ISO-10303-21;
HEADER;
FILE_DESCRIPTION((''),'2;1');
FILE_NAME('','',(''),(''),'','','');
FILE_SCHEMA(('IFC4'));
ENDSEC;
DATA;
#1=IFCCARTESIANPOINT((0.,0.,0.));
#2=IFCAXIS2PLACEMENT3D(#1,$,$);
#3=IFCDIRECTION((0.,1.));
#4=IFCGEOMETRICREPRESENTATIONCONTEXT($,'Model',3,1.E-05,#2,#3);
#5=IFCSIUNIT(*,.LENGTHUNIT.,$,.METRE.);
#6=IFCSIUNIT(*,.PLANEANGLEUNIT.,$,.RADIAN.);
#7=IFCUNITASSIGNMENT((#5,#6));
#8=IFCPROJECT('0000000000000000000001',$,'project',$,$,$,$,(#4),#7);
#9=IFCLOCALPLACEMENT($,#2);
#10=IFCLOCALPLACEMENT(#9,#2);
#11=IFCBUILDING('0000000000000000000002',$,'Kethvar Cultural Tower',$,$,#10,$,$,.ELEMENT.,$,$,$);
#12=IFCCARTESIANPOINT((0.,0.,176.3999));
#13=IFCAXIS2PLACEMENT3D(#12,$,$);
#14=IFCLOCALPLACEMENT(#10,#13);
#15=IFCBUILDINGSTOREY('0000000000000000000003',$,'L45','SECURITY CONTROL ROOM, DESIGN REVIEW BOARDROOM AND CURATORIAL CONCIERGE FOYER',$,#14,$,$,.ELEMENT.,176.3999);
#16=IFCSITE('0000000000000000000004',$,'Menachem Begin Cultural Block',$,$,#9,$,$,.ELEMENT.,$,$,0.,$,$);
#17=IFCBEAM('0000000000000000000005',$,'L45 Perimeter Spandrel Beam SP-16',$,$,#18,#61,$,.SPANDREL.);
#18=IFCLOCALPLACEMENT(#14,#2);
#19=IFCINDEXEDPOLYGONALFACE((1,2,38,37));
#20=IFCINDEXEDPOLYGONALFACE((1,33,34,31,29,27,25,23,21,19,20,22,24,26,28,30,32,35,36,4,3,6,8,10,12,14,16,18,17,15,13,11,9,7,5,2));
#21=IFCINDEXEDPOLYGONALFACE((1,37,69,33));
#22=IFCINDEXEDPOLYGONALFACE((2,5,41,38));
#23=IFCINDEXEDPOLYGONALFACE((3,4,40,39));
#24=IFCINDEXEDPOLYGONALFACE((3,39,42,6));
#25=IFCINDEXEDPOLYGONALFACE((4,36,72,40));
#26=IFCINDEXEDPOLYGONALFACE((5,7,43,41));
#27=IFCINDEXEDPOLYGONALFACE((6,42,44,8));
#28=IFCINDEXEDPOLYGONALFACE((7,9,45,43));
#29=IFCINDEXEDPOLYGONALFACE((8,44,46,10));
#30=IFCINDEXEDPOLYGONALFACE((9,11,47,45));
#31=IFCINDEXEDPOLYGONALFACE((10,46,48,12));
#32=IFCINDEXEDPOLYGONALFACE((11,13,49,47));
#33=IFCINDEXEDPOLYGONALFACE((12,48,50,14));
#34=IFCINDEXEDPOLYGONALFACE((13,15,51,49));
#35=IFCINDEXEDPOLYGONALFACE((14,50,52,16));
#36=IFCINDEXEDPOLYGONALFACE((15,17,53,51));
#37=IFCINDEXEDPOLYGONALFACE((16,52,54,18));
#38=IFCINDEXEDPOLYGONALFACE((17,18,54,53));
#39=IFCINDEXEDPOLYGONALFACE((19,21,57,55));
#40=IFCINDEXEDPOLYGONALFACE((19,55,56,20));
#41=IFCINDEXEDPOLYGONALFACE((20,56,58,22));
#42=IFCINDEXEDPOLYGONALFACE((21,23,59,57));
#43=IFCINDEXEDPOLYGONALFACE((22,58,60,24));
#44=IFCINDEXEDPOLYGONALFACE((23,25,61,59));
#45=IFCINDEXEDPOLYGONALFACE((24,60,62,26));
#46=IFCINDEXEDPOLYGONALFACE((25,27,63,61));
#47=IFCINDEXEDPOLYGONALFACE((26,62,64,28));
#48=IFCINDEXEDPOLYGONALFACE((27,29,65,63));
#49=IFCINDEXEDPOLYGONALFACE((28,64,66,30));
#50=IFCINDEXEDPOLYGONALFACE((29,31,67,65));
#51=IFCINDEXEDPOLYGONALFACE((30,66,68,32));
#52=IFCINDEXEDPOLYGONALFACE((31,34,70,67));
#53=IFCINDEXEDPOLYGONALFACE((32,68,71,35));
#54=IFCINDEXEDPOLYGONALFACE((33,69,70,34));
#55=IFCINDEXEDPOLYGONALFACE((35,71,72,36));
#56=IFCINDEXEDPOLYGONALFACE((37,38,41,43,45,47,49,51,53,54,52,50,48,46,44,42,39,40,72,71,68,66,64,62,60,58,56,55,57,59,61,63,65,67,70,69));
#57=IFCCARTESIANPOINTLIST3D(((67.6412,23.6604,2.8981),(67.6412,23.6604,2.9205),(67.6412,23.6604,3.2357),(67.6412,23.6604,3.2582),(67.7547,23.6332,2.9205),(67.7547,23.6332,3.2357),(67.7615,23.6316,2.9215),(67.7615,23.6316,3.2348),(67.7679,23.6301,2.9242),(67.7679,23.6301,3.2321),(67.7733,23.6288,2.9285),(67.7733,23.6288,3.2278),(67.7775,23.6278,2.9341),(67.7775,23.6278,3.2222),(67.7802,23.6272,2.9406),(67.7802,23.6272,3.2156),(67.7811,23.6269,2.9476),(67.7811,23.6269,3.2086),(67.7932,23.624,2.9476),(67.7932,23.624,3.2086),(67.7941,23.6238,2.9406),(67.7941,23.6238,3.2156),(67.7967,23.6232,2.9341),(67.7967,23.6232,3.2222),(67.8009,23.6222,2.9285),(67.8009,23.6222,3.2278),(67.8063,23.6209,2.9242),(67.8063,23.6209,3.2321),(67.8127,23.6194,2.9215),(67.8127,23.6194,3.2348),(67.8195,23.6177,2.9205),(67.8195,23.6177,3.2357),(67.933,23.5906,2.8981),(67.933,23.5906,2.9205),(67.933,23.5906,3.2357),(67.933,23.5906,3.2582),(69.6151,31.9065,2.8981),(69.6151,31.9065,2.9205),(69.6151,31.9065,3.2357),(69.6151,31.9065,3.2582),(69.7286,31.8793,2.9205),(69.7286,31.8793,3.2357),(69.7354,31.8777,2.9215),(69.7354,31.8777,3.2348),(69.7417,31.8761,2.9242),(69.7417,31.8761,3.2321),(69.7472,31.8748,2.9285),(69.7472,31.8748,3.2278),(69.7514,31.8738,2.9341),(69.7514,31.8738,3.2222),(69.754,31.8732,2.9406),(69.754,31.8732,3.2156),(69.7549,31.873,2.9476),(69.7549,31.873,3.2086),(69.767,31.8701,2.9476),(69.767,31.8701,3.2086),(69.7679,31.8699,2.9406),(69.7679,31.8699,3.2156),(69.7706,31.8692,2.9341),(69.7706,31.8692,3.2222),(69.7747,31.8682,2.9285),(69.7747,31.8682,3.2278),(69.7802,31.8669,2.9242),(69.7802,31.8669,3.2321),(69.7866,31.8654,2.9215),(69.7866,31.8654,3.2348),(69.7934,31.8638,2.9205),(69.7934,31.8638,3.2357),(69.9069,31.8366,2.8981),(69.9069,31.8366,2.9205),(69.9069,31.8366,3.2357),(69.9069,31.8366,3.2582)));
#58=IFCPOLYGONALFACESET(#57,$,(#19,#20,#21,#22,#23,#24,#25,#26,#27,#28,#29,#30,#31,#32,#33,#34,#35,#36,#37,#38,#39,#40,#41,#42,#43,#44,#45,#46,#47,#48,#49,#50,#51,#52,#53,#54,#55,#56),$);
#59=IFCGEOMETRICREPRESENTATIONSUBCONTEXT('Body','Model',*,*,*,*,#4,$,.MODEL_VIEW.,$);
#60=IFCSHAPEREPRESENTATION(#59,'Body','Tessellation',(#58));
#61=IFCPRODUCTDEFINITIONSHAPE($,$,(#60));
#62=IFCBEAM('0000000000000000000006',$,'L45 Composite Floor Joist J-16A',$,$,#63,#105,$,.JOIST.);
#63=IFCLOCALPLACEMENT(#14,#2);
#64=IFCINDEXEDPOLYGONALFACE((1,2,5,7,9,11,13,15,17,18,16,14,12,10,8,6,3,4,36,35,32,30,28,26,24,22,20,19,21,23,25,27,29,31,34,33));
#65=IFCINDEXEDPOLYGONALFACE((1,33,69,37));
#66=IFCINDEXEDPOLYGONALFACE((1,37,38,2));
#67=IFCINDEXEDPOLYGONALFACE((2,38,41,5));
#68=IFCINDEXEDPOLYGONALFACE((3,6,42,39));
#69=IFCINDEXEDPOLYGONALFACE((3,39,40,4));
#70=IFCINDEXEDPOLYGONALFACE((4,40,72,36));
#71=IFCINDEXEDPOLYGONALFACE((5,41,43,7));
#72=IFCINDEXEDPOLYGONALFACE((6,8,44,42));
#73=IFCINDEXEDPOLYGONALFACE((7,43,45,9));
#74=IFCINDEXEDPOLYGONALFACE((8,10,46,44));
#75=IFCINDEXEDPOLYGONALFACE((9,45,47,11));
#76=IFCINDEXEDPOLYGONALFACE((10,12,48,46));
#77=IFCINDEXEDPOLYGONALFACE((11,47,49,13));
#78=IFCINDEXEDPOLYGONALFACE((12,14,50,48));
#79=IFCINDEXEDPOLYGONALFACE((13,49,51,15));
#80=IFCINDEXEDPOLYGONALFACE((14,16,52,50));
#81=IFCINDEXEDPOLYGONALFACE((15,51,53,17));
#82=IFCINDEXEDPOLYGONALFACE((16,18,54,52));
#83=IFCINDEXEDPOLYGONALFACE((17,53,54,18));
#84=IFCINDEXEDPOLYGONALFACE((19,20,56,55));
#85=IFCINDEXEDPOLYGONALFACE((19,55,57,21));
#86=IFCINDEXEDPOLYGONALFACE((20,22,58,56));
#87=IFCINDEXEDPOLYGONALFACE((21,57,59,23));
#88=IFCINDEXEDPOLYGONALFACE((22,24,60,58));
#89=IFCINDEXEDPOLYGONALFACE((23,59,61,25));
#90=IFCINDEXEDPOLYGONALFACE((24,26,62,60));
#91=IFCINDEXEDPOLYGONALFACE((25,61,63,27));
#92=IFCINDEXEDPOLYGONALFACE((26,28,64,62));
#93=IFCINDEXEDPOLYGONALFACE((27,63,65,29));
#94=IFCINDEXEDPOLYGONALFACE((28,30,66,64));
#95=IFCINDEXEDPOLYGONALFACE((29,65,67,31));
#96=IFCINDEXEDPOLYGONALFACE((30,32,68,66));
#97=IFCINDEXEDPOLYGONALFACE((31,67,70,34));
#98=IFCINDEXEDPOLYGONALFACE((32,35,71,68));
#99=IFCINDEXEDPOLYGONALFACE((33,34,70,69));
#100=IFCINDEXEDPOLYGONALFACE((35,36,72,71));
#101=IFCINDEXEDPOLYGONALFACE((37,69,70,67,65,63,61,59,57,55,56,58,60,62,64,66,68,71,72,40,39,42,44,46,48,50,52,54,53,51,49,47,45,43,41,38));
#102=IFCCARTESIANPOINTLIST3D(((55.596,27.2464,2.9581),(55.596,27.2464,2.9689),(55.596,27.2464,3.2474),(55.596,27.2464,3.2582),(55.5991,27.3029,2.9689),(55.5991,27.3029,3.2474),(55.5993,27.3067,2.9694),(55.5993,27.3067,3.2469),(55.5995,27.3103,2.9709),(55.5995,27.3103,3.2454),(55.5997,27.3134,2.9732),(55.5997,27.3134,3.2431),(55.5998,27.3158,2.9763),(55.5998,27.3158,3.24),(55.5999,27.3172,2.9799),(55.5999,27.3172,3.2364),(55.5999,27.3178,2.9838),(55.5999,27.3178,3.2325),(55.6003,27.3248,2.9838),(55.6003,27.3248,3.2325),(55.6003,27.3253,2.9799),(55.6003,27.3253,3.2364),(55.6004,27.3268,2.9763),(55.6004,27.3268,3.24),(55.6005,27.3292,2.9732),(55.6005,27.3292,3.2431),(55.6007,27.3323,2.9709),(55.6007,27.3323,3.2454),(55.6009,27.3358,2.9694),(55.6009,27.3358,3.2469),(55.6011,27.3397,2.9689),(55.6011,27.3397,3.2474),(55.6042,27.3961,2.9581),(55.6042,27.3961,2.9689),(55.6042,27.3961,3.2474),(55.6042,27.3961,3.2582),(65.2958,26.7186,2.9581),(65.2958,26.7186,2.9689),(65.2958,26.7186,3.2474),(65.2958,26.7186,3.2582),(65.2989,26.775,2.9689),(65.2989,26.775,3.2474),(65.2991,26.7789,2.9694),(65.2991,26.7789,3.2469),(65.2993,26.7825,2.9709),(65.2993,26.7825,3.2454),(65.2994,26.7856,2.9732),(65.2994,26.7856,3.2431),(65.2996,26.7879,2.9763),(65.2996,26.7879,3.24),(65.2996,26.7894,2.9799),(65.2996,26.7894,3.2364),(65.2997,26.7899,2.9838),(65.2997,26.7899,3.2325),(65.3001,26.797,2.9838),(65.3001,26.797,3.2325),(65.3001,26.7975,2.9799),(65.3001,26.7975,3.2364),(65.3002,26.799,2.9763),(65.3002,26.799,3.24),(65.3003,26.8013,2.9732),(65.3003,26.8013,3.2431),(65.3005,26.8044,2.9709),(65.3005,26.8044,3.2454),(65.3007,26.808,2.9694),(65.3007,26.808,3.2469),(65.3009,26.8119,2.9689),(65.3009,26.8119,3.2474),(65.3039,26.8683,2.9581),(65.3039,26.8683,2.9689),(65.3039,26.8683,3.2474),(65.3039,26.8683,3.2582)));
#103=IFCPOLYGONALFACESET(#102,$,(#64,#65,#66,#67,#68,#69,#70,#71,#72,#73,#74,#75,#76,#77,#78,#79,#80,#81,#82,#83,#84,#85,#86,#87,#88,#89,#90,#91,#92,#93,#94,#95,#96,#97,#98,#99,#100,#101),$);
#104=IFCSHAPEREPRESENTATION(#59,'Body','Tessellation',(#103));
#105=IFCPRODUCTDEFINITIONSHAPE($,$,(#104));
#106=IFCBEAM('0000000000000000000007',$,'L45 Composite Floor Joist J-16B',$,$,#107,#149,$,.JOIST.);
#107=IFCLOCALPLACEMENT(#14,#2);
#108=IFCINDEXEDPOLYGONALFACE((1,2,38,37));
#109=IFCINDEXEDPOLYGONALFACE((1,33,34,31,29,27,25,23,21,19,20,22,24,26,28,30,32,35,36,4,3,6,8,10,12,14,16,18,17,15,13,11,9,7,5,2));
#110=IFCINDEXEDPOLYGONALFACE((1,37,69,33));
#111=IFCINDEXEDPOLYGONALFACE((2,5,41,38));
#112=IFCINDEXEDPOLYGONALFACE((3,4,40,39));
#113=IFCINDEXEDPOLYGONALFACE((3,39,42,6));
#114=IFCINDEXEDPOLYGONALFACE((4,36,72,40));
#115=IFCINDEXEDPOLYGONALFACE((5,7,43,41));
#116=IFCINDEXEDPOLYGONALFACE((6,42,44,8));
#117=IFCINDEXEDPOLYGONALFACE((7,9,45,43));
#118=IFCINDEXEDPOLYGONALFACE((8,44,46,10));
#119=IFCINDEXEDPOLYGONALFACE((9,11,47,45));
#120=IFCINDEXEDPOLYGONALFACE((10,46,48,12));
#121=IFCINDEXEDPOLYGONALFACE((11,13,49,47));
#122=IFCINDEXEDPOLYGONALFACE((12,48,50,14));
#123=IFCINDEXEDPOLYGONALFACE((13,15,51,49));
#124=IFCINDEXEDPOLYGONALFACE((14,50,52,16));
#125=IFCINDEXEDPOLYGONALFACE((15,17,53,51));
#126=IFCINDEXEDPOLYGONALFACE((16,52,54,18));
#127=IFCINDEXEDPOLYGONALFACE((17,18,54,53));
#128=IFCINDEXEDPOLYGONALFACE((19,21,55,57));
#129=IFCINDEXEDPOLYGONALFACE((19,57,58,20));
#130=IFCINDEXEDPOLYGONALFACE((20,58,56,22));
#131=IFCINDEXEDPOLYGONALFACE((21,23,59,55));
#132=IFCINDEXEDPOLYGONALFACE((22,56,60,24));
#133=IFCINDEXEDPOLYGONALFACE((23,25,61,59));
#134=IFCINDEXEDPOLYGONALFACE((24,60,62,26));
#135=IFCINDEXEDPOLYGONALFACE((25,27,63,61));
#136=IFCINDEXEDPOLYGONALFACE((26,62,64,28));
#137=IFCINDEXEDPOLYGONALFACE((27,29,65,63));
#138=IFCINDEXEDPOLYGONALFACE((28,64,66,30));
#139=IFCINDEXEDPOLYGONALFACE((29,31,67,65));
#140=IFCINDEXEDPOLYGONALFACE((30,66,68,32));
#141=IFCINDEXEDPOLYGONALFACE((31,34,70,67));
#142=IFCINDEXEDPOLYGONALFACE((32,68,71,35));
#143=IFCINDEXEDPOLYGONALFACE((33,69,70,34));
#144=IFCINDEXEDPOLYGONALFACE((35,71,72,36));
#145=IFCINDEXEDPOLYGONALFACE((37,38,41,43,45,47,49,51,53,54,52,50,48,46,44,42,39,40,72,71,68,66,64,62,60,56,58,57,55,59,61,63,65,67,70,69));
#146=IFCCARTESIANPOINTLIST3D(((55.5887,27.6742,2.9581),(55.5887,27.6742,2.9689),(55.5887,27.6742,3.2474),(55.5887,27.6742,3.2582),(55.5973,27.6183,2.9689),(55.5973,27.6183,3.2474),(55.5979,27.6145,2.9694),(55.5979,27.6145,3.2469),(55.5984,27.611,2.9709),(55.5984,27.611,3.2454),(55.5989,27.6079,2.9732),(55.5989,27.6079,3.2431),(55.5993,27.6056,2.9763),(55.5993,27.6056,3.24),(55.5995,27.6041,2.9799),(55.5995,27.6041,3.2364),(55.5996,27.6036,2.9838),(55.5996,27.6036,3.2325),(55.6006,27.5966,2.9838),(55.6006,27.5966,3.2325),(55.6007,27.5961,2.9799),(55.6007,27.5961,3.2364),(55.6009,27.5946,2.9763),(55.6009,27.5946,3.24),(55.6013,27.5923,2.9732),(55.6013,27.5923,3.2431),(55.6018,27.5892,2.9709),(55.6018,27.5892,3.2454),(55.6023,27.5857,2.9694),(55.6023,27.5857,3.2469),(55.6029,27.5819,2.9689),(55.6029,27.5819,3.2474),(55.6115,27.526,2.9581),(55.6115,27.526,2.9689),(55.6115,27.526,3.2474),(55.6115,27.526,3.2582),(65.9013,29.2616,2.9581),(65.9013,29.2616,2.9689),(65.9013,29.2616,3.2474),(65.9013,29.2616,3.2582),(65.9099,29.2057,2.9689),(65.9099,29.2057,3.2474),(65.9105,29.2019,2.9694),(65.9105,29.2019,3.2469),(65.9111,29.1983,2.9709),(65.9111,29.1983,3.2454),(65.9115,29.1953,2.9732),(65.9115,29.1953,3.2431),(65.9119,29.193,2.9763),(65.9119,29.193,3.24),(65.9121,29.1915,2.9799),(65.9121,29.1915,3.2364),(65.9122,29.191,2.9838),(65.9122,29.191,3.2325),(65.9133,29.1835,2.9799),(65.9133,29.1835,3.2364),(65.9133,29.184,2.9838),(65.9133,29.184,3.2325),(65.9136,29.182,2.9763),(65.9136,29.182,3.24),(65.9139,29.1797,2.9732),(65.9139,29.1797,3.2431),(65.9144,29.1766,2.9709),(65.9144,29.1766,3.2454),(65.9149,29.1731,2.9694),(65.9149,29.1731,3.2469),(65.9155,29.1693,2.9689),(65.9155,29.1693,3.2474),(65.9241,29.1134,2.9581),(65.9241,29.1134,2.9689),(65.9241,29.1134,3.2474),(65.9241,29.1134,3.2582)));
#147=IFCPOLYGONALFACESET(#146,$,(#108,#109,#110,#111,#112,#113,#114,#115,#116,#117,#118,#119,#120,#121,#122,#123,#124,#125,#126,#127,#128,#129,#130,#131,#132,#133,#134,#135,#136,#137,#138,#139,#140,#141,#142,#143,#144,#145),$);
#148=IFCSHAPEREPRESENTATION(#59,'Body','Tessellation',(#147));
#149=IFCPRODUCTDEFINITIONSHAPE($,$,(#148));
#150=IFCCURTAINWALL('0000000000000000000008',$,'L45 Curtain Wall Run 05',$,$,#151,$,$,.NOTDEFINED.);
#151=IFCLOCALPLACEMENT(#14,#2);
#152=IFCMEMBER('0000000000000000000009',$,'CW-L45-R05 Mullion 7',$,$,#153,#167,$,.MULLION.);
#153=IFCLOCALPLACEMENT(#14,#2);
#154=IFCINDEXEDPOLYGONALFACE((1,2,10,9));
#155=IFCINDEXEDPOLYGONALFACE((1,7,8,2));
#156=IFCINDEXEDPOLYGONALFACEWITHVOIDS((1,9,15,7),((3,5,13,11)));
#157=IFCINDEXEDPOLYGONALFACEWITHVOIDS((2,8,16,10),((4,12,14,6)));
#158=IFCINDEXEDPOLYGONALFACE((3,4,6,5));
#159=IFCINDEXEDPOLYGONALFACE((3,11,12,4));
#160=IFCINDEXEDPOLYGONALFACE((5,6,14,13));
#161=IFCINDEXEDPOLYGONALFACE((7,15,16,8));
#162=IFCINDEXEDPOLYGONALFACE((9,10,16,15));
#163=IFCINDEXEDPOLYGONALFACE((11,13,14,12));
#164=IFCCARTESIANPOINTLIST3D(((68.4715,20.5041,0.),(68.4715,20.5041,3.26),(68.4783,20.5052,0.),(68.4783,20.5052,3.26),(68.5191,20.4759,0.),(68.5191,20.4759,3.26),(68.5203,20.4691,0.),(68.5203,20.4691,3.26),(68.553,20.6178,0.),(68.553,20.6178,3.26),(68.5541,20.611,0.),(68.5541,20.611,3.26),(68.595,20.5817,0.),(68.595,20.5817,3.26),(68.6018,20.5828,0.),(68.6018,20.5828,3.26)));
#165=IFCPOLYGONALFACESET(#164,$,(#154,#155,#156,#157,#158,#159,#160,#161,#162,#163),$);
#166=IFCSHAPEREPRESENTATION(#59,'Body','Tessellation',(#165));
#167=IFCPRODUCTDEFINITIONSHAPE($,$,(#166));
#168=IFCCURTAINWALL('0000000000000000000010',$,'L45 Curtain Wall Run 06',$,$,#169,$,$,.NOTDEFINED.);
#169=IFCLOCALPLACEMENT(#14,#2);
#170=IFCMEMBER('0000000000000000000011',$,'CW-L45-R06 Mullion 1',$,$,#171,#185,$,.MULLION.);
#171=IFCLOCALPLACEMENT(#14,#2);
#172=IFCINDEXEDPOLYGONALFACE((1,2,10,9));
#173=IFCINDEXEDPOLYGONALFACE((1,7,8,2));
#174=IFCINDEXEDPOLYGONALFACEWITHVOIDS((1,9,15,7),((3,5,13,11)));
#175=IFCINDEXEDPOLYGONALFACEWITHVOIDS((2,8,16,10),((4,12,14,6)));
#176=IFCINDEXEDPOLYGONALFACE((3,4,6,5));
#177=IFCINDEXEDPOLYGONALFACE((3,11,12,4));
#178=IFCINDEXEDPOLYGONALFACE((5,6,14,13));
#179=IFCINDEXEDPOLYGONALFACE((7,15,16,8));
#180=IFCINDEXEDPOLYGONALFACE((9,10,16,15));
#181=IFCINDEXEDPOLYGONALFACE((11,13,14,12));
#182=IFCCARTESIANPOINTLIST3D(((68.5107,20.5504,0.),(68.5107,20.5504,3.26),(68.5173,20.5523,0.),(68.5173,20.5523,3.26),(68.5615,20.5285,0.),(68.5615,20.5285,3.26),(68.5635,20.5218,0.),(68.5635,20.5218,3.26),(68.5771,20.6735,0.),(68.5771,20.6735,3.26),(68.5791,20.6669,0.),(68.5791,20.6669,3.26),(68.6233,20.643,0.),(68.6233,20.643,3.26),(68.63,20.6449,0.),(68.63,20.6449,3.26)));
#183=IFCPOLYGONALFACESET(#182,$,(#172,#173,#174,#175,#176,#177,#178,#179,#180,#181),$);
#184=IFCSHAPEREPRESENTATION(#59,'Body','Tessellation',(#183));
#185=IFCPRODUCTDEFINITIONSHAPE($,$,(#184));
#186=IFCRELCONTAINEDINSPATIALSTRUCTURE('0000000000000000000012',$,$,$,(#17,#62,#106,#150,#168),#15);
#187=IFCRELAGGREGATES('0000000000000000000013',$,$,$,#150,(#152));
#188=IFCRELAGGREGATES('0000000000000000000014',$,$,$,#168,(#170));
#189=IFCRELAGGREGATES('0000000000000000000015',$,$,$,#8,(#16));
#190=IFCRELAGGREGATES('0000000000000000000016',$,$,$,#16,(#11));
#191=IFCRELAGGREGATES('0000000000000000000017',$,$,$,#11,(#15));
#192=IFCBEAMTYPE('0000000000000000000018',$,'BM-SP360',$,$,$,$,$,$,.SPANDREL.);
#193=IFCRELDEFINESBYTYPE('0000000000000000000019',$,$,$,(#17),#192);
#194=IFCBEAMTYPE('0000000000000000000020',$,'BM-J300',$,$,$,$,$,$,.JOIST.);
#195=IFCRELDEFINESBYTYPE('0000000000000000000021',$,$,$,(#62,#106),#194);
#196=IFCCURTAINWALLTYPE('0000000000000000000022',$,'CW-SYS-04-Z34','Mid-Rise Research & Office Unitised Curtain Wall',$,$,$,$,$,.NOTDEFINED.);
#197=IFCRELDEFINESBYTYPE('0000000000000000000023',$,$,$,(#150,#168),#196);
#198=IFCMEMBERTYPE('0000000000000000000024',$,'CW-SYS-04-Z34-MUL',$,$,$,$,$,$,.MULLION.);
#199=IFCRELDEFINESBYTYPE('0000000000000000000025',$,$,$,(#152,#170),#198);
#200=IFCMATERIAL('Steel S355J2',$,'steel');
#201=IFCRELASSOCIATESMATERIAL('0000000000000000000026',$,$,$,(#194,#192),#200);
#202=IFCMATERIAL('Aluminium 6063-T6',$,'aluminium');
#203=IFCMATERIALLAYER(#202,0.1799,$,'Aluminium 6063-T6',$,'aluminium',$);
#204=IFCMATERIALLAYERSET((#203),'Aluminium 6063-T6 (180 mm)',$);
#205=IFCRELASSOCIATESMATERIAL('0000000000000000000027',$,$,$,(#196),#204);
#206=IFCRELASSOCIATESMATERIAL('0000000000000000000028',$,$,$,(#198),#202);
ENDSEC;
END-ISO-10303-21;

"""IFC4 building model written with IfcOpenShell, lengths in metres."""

from ifc_helpers import new_model, si_unit, direction, frame, origin, origin_2d, place, context, subcontext, project, spatial, hollow_rectangle, i_section, extrude, source, transform, mapped, material, layer, layer_set, material_profile, profile_set, type_object, element, aggregate, save


model = new_model("IFC4")

# Units and contexts
model_context = context("Model", 3, precision=1e-05, world=origin(), true_north=direction((0.0, 1.0)))
body_context = subcontext(model_context, "Body", "Model", "MODEL_VIEW")
ifc_project = project(units=[si_unit("LENGTHUNIT", "METRE"), si_unit("PLANEANGLEUNIT", "RADIAN")], contexts=[model_context])

# Site, building, storey
site_placement = place(None, origin())
site = spatial("IfcSite", under=ifc_project, at=site_placement, Name="Menachem Begin Cultural Block", CompositionType="ELEMENT", RefElevation=0.0)
building_placement = place(site_placement, origin())
building = spatial("IfcBuilding", under=site, at=building_placement, Name="Kethvar Cultural Tower", CompositionType="ELEMENT")
storey_placement = place(building_placement, frame((0.0, 0.0, 176.3999)))
storey = spatial("IfcBuildingStorey", under=building, at=storey_placement, Name="L45", Description="SECURITY CONTROL ROOM, DESIGN REVIEW BOARDROOM AND CURATORIAL CONCIERGE FOYER", CompositionType="ELEMENT", Elevation=176.3999)

# Beams
ifc_material_1 = material(Name="Steel S355J2", Category="steel")
ifc_material_profile_1 = material_profile(ifc_material_1, i_section(OverallWidth=0.1499, OverallDepth=0.3, WebThickness=0.0071, FlangeThickness=0.0107, FilletRadius=0.0149, at=origin_2d()), Name="Steel S355J2 — IPE300")
ifc_profile_set_1 = profile_set([ifc_material_profile_1], Name="Steel S355J2 — IPE300")
beam_type_1 = type_object("IfcBeamType", Name="BM-J300", PredefinedType="JOIST", material=ifc_profile_set_1)
ifc_material_profile_2 = material_profile(ifc_material_1, i_section(OverallWidth=0.3, OverallDepth=0.3601, WebThickness=0.0125, FlangeThickness=0.0225, FilletRadius=0.0271, at=origin_2d()), Name="Steel S355J2 — HEB360")
ifc_profile_set_2 = profile_set([ifc_material_profile_2], Name="Steel S355J2 — HEB360")
beam_type_2 = type_object("IfcBeamType", Name="BM-SP360", PredefinedType="SPANDREL", material=ifc_profile_set_2)
shared_shape_1 = source(origin(), body_context, "Body", "SweptSolid", [
    extrude(i_section(OverallWidth=0.3, OverallDepth=0.3601, WebThickness=0.0125, FlangeThickness=0.0225, FilletRadius=0.0271, at=origin_2d()), origin(), (0.0, 0.0, 1.0), 8.479),
])
beam_1_placement = place(storey_placement, frame((67.7871, 23.6255, 3.0781), z_axis=(0.232795, 0.972526, 0.0), x_axis=(-0.972526, 0.232795, 0.0)))
element("IfcBeam", 1, at=beam_1_placement, inside=storey, type_object=beam_type_2, Name="L45 Perimeter Spandrel Beam SP-16", PredefinedType="SPANDREL", context=body_context, shape_type="MappedRepresentation", body=[
    mapped(shared_shape_1, transform((0.0, 0.0, 0.0), scale=1.0)),
])
shared_shape_2 = source(origin(), body_context, "Body", "SweptSolid", [
    extrude(i_section(OverallWidth=0.1499, OverallDepth=0.3, WebThickness=0.0071, FlangeThickness=0.0107, FilletRadius=0.0149, at=origin_2d()), origin(), (0.0, 0.0, 1.0), 9.7141),
])
beam_2_placement = place(storey_placement, frame((55.6001, 27.3213, 3.1082), z_axis=(0.998523, -0.054337, 0.0), x_axis=(0.054337, 0.998523, 0.0)))
element("IfcBeam", 2, at=beam_2_placement, inside=storey, type_object=beam_type_1, Name="L45 Composite Floor Joist J-16A", PredefinedType="JOIST", context=body_context, shape_type="MappedRepresentation", body=[
    mapped(shared_shape_2, transform((0.0, 0.0, 0.0), scale=1.0)),
])
shared_shape_3 = source(origin(), body_context, "Body", "SweptSolid", [
    extrude(i_section(OverallWidth=0.1499, OverallDepth=0.3, WebThickness=0.0071, FlangeThickness=0.0107, FilletRadius=0.0149, at=origin_2d()), origin(), (0.0, 0.0, 1.0), 10.4341),
])
beam_3_placement = place(storey_placement, frame((55.6001, 27.6001, 3.1082), z_axis=(0.98836, 0.152135, 0.0), x_axis=(-0.152135, 0.98836, 0.0)))
element("IfcBeam", 3, at=beam_3_placement, inside=storey, type_object=beam_type_1, Name="L45 Composite Floor Joist J-16B", PredefinedType="JOIST", context=body_context, shape_type="MappedRepresentation", body=[
    mapped(shared_shape_3, transform((0.0, 0.0, 0.0), scale=1.0)),
])

# Curtain wall, member
ifc_material_2 = material(Name="Aluminium 6063-T6", Category="aluminium")
ifc_layer_1 = layer(ifc_material_2, 0.1799, Name="Aluminium 6063-T6", Category="aluminium")
ifc_layer_set_1 = layer_set([ifc_layer_1], Name="Aluminium 6063-T6 (180 mm)")
curtain_wall_type = type_object("IfcCurtainWallType", Name="CW-SYS-04-Z34", Description="Mid-Rise Research & Office Unitised Curtain Wall", PredefinedType="NOTDEFINED", material=ifc_layer_set_1)
curtain_wall_1_placement = place(storey_placement, origin())
curtain_wall_1 = element("IfcCurtainWall", 4, at=curtain_wall_1_placement, inside=storey, type_object=curtain_wall_type, Name="L45 Curtain Wall Run 05", PredefinedType="NOTDEFINED")
ifc_material_profile_3 = material_profile(ifc_material_2, hollow_rectangle(XDim=0.0601, YDim=0.1399, WallThickness=0.0049, at=origin_2d()), Name="Aluminium 6063-T6 — RHS140x60x5")
ifc_profile_set_3 = profile_set([ifc_material_profile_3], Name="Aluminium 6063-T6 — RHS140x60x5")
member_type_1 = type_object("IfcMemberType", Name="CW-SYS-04-Z34-MUL", PredefinedType="MULLION", material=ifc_profile_set_3)
shared_shape_4 = source(origin(), body_context, "Body", "SweptSolid", [
    extrude(hollow_rectangle(XDim=0.0601, YDim=0.1399, WallThickness=0.0049, at=origin_2d()), origin(), (0.0, 0.0, 1.0), 3.26),
])
member_1_placement = place(storey_placement, frame((68.5366, 20.5435, 0.0), z_axis=(0.0, 0.0, 1.0), x_axis=(-0.812592, 0.582832, 0.0)))
member_1 = element("IfcMember", 5, at=member_1_placement, type_object=member_type_1, Name="CW-L45-R05 Mullion 7", PredefinedType="MULLION", context=body_context, shape_type="MappedRepresentation", body=[
    mapped(shared_shape_4, transform((0.0, 0.0, 0.0), scale=1.0)),
])
aggregate(curtain_wall_1, [member_1])

# Curtain wall, member
curtain_wall_2_placement = place(storey_placement, origin())
curtain_wall_2 = element("IfcCurtainWall", 6, at=curtain_wall_2_placement, inside=storey, type_object=curtain_wall_type, Name="L45 Curtain Wall Run 06", PredefinedType="NOTDEFINED")
member_2_placement = place(storey_placement, frame((68.5703, 20.5977, 0.0), z_axis=(0.0, 0.0, 1.0), x_axis=(-0.879989, 0.474995, 0.0)))
member_2 = element("IfcMember", 7, at=member_2_placement, type_object=member_type_1, Name="CW-L45-R06 Mullion 1", PredefinedType="MULLION", context=body_context, shape_type="MappedRepresentation", body=[
    mapped(shared_shape_4, transform((0.0, 0.0, 0.0), scale=1.0)),
])
aggregate(curtain_wall_2, [member_2])

save(model, "model.ifc")
